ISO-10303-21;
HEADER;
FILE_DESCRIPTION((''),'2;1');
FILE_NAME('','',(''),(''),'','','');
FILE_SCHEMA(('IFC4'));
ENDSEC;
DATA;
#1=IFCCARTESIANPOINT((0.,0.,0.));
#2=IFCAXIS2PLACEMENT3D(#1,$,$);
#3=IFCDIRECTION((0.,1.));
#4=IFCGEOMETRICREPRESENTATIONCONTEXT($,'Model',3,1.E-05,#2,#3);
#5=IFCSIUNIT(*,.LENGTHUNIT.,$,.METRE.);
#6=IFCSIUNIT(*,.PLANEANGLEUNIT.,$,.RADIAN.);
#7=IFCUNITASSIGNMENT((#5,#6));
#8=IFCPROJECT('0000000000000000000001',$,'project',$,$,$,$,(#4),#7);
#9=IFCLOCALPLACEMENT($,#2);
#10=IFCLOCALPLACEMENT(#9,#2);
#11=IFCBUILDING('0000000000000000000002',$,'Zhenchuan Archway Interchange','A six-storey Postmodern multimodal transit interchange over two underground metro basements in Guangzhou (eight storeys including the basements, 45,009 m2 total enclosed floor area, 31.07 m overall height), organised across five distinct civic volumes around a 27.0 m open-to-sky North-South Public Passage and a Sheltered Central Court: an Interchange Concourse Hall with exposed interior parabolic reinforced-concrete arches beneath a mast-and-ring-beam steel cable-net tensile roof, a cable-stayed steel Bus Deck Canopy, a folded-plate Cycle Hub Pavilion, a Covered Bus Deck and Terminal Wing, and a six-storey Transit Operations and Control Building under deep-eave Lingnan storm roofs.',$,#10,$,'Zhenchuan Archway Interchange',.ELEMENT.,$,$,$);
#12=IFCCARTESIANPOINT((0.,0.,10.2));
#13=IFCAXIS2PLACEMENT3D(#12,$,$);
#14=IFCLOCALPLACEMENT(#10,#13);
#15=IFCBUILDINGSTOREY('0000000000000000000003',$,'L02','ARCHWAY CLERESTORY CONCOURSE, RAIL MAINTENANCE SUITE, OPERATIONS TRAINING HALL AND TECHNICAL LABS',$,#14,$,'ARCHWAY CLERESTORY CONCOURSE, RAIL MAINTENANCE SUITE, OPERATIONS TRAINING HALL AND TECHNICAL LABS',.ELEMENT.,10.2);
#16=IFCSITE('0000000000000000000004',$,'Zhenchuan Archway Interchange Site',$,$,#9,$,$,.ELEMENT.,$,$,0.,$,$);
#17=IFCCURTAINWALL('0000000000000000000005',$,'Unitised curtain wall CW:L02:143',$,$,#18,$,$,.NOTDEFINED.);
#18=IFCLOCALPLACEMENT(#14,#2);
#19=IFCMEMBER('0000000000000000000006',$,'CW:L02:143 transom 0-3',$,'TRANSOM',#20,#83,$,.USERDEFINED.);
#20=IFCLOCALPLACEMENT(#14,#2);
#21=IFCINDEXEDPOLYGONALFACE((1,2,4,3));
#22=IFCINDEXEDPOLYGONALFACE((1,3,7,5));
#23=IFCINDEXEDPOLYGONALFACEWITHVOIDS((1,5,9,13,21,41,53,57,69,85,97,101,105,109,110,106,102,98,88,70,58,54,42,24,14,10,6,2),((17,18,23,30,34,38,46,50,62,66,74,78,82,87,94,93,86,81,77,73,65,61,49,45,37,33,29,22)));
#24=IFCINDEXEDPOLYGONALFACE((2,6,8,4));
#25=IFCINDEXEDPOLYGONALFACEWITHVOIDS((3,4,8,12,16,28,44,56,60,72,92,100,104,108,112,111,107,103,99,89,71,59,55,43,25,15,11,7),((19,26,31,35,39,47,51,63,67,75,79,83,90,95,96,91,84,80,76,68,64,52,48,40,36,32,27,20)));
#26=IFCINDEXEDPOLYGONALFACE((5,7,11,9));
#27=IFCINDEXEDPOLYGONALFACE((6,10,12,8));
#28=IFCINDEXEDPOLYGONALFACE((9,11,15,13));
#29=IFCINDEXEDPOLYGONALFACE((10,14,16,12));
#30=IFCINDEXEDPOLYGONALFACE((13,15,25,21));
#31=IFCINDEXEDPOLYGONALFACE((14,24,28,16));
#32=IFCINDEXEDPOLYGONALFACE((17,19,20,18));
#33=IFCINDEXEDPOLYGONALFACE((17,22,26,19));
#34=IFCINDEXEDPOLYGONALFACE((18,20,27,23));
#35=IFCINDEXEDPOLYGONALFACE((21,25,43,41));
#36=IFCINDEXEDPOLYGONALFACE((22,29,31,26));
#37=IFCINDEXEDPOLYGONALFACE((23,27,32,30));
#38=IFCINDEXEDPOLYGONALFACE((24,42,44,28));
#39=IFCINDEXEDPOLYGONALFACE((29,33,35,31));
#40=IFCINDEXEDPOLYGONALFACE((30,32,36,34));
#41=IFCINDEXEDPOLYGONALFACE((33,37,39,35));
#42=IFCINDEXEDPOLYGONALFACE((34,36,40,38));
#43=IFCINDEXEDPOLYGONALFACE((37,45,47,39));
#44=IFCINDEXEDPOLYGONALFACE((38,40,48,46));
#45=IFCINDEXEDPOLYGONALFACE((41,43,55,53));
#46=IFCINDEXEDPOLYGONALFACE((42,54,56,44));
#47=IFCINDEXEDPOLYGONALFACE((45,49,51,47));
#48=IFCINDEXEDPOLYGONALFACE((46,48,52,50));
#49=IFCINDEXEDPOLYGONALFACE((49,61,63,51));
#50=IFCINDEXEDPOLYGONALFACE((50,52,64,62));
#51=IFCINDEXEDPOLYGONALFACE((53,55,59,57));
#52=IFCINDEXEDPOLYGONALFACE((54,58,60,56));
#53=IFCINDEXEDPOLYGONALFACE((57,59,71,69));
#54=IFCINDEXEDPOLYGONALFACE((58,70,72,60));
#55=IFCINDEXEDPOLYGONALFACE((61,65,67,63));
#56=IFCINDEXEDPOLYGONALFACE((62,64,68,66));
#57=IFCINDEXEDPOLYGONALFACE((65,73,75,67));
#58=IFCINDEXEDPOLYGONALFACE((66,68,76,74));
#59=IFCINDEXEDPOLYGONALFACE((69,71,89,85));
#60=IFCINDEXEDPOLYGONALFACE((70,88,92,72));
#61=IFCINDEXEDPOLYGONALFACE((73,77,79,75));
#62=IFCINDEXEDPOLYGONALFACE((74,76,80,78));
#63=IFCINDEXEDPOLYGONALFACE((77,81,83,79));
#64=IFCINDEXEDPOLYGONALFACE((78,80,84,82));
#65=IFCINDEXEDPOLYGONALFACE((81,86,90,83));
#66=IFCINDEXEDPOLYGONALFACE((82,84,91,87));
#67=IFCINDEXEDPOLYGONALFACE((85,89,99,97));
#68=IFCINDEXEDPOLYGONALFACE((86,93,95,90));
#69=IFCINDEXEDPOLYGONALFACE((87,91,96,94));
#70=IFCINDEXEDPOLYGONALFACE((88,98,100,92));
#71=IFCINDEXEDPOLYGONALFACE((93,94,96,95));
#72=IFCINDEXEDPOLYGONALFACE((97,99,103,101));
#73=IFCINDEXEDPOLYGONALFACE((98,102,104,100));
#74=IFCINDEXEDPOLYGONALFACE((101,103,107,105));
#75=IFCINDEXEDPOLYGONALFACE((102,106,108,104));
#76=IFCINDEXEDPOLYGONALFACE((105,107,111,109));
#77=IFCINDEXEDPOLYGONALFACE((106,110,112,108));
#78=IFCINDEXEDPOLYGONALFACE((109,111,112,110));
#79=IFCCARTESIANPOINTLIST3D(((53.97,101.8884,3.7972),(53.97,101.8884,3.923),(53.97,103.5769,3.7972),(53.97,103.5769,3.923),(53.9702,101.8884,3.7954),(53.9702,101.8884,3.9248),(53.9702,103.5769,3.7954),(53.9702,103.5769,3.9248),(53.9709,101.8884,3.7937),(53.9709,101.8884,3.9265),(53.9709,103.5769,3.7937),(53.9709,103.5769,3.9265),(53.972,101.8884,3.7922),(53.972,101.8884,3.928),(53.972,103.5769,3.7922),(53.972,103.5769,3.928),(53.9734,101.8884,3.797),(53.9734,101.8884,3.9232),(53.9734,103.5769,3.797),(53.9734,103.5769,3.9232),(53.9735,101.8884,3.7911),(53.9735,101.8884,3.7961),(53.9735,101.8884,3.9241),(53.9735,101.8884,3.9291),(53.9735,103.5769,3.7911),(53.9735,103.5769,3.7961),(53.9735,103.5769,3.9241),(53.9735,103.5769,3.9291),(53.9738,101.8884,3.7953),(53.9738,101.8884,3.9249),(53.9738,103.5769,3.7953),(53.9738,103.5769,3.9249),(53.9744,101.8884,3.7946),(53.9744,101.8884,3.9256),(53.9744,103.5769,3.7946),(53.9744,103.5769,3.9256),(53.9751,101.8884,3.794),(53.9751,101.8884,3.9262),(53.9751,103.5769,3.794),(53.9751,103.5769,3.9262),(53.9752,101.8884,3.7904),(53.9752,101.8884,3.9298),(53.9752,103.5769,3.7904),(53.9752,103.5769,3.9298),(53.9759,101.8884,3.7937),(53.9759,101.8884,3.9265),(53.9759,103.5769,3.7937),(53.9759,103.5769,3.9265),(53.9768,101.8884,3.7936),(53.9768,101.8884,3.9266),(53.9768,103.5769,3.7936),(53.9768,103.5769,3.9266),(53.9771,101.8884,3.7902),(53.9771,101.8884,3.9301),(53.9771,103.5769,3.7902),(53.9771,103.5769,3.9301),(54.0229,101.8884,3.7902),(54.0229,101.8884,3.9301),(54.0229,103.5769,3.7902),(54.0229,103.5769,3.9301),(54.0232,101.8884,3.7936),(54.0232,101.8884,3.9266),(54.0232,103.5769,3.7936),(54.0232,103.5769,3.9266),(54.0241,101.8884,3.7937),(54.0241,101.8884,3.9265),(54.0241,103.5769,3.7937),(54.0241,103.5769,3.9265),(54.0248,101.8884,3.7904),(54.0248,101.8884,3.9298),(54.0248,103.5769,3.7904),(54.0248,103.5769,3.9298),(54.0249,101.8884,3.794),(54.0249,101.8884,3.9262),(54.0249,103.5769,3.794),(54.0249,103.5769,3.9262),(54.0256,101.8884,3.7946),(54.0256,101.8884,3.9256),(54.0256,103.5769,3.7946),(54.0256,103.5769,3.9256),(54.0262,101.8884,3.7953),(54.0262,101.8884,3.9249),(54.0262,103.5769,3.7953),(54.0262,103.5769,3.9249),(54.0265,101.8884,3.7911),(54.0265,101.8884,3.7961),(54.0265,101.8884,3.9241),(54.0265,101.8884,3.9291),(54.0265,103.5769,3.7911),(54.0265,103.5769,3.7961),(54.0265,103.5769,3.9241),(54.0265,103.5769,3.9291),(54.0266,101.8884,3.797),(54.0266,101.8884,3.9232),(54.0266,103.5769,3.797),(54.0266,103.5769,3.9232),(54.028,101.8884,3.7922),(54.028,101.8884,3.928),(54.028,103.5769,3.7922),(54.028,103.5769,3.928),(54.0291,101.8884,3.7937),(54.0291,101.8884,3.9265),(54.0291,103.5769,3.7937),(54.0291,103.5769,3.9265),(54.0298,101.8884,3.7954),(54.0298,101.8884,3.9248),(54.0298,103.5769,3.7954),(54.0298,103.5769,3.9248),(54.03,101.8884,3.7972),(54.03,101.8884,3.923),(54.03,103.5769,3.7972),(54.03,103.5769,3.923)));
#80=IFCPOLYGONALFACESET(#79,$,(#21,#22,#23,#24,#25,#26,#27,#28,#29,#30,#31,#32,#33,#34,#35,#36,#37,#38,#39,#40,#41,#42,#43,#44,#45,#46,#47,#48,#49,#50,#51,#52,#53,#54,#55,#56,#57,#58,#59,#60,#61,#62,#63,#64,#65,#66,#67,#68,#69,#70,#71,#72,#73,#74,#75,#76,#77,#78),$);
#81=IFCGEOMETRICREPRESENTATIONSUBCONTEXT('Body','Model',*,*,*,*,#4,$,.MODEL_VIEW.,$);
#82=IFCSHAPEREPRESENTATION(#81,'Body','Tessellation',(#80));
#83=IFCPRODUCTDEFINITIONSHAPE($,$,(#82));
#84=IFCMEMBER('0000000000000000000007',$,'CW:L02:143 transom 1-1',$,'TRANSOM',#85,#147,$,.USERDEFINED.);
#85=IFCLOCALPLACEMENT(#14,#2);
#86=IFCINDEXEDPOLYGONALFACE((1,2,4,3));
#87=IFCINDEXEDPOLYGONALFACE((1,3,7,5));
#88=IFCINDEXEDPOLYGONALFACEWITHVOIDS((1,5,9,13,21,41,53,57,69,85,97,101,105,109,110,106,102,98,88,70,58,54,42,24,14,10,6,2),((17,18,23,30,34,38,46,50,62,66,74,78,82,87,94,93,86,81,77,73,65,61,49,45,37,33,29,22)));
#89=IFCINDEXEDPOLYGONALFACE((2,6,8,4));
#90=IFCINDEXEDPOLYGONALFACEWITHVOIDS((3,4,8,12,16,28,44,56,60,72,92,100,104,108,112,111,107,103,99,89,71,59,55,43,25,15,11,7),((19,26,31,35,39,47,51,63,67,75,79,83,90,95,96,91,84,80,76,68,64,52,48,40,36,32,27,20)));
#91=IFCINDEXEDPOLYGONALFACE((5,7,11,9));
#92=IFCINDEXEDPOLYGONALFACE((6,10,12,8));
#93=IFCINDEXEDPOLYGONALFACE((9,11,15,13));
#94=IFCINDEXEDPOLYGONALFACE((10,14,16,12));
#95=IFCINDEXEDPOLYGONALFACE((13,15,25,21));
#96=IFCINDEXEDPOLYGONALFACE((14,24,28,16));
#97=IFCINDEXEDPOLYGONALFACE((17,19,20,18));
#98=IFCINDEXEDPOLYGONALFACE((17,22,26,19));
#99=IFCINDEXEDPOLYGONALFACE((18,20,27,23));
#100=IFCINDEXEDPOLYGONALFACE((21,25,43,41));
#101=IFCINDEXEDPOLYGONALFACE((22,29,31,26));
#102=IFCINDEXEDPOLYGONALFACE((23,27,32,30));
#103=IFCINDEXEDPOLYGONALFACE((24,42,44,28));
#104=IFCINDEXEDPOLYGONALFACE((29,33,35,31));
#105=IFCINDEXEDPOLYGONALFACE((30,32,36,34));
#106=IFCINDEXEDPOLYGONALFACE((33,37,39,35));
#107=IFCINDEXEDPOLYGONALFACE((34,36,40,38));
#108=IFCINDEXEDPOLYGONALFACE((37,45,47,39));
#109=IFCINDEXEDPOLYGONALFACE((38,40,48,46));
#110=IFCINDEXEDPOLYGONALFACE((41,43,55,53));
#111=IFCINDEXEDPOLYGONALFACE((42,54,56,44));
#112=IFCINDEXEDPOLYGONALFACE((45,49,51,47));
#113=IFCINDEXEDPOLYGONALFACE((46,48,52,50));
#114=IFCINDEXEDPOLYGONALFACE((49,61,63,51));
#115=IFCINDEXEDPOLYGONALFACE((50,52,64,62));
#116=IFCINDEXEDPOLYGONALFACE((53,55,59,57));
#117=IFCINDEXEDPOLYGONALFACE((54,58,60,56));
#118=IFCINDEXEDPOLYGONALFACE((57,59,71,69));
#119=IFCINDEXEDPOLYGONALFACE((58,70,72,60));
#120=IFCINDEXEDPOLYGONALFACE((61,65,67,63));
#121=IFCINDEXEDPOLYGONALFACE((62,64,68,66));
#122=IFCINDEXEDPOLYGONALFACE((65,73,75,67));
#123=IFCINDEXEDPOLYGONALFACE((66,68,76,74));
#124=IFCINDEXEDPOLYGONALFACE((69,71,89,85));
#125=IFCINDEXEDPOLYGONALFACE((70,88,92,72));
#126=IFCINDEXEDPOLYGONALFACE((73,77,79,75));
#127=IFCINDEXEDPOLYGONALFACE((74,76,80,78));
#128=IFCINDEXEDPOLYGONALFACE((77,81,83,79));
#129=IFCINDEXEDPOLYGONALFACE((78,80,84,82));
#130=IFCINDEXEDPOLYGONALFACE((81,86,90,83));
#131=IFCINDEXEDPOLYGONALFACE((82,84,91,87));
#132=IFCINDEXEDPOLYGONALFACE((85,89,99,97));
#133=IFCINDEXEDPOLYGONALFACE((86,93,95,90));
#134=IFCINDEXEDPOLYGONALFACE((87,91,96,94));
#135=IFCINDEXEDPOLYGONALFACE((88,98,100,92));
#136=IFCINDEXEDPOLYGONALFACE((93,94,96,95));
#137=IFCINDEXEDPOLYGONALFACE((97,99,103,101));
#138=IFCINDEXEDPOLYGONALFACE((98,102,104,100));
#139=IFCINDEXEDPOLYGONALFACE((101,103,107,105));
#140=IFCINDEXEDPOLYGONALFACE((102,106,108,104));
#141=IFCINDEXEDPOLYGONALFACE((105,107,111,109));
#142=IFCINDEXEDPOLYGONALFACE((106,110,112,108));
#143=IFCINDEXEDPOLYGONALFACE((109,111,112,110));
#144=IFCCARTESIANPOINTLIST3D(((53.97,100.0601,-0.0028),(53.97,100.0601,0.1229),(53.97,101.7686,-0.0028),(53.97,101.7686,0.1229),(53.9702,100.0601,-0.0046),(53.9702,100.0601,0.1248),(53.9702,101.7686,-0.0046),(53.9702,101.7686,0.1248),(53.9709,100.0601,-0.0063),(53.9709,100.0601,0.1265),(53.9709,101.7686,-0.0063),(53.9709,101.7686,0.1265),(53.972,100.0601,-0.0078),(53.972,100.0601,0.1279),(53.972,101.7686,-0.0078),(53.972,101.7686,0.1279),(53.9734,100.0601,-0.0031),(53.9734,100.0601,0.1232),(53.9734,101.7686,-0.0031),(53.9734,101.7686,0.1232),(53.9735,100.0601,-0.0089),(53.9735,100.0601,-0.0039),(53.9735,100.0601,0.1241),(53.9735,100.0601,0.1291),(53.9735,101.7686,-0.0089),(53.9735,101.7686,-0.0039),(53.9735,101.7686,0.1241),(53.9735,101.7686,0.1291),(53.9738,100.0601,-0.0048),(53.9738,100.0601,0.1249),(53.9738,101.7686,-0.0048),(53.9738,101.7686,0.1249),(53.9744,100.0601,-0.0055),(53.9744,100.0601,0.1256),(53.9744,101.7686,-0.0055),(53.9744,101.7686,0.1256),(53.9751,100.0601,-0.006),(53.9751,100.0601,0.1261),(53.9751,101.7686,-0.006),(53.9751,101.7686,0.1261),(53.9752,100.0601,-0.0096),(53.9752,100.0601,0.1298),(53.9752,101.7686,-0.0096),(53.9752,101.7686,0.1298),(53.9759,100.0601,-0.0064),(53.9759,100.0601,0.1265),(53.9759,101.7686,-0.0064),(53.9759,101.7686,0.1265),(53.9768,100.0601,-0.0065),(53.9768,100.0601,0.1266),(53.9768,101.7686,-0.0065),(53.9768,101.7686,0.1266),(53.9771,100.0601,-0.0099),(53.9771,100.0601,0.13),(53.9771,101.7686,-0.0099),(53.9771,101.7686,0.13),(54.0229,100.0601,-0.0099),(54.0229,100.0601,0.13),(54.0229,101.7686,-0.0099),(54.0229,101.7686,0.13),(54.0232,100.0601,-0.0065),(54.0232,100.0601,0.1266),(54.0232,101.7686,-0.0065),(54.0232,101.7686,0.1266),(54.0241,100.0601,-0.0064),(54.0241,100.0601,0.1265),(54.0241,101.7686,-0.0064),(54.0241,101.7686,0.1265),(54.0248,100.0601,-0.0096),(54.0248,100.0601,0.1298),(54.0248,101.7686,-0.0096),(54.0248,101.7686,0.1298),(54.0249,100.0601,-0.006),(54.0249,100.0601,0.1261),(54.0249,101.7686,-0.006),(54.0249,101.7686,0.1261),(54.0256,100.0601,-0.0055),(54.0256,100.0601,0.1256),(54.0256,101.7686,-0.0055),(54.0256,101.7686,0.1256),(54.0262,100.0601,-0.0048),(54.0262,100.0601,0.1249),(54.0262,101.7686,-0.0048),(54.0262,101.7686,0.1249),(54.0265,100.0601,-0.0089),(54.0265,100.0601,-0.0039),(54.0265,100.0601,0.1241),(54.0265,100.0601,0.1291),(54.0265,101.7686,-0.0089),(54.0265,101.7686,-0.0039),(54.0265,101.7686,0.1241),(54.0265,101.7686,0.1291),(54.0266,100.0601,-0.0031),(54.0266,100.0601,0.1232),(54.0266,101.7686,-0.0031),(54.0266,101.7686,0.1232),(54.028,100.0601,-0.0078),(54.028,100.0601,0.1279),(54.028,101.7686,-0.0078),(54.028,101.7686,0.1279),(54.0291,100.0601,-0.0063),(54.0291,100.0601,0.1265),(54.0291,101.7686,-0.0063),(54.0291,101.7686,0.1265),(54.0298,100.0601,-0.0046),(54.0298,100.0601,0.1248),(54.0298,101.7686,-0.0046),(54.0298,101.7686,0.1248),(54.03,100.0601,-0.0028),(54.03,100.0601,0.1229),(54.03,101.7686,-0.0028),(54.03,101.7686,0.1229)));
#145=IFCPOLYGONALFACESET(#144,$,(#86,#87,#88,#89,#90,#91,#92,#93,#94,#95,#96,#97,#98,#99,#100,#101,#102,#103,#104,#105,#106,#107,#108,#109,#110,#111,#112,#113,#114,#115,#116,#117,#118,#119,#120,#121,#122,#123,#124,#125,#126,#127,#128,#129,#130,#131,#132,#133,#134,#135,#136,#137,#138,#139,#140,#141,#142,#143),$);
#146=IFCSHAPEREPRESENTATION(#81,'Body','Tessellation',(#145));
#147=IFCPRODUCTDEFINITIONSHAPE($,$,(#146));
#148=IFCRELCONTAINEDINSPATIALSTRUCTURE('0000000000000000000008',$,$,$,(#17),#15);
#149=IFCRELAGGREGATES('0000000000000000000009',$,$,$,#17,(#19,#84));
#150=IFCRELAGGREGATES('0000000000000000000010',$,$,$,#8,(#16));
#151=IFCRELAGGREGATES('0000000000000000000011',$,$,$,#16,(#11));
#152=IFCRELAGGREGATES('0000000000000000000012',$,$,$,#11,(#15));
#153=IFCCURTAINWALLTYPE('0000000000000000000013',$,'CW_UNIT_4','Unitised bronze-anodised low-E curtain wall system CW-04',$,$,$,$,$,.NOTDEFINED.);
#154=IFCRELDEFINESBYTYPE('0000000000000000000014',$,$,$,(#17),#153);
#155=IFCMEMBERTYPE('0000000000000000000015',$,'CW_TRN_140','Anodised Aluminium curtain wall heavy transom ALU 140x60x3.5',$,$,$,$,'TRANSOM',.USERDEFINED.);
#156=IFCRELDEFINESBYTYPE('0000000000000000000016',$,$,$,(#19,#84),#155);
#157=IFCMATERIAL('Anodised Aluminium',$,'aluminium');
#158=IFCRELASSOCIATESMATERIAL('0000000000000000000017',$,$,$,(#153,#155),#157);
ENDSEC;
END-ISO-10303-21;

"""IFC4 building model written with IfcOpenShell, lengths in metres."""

from ifc_helpers import new_model, si_unit, direction, frame, origin, origin_2d, place, context, subcontext, project, spatial, hollow_rectangle, extrude, material, material_profile, profile_set, type_object, element, aggregate, save


model = new_model("IFC4")

# Units and contexts
model_context = context("Model", 3, precision=1e-05, world=origin(), true_north=direction((0.0, 1.0)))
body_context = subcontext(model_context, "Body", "Model", "MODEL_VIEW")
ifc_project = project(units=[si_unit("LENGTHUNIT", "METRE"), si_unit("PLANEANGLEUNIT", "RADIAN")], contexts=[model_context])

# Site, building, storey
site_placement = place(None, origin())
site = spatial("IfcSite", under=ifc_project, at=site_placement, Name="Zhenchuan Archway Interchange Site", CompositionType="ELEMENT", RefElevation=0.0)
building_placement = place(site_placement, origin())
building = spatial("IfcBuilding", under=site, at=building_placement, Name="Zhenchuan Archway Interchange", Description="A six-storey Postmodern multimodal transit interchange over two underground metro basements in Guangzhou (eight storeys including the basements, 45,009 m2 total enclosed floor area, 31.07 m overall height), organised across five distinct civic volumes around a 27.0 m open-to-sky North-South Public Passage and a Sheltered Central Court: an Interchange Concourse Hall with exposed interior parabolic reinforced-concrete arches beneath a mast-and-ring-beam steel cable-net tensile roof, a cable-stayed steel Bus Deck Canopy, a folded-plate Cycle Hub Pavilion, a Covered Bus Deck and Terminal Wing, and a six-storey Transit Operations and Control Building under deep-eave Lingnan storm roofs.", LongName="Zhenchuan Archway Interchange", CompositionType="ELEMENT")
storey_placement = place(building_placement, frame((0.0, 0.0, 10.2)))
storey = spatial("IfcBuildingStorey", under=building, at=storey_placement, Name="L02", Description="ARCHWAY CLERESTORY CONCOURSE, RAIL MAINTENANCE SUITE, OPERATIONS TRAINING HALL AND TECHNICAL LABS", LongName="ARCHWAY CLERESTORY CONCOURSE, RAIL MAINTENANCE SUITE, OPERATIONS TRAINING HALL AND TECHNICAL LABS", CompositionType="ELEMENT", Elevation=10.2)

# Curtain wall, members
ifc_material_1 = material(Name="Anodised Aluminium", Category="aluminium")
curtain_wall_type = type_object("IfcCurtainWallType", Name="CW_UNIT_4", Description="Unitised bronze-anodised low-E curtain wall system CW-04", PredefinedType="NOTDEFINED", material=ifc_material_1)
curtain_wall_placement = place(storey_placement, origin())
curtain_wall = element("IfcCurtainWall", 1, at=curtain_wall_placement, inside=storey, type_object=curtain_wall_type, Name="Unitised curtain wall CW:L02:143", PredefinedType="NOTDEFINED")
ifc_material_profile_1 = material_profile(ifc_material_1, hollow_rectangle(XDim=0.0601, YDim=0.1399, WallThickness=0.0034, InnerFilletRadius=0.0034, OuterFilletRadius=0.0071, at=origin_2d()), Name="ALU 140x60x3.5")
ifc_profile_set_1 = profile_set([ifc_material_profile_1], Name="Anodised Aluminium")
member_type_1 = type_object("IfcMemberType", Name="CW_TRN_140", Description="Anodised Aluminium curtain wall heavy transom ALU 140x60x3.5", ElementType="TRANSOM", PredefinedType="USERDEFINED", material=ifc_profile_set_1)
member_1_placement = place(storey_placement, frame((54.0, 103.5769, 3.8601), z_axis=(0.0, -1.0, 0.0), x_axis=(1.0, 0.0, 0.0)))
member_1 = element("IfcMember", 2, at=member_1_placement, type_object=member_type_1, Name="CW:L02:143 transom 0-3", ObjectType="TRANSOM", PredefinedType="USERDEFINED", context=body_context, shape_type="SweptSolid", body=[
    extrude(hollow_rectangle(XDim=0.0601, YDim=0.1399, WallThickness=0.0034, InnerFilletRadius=0.0034, OuterFilletRadius=0.0071, at=origin_2d()), origin(), (0.0, 0.0, 1.0), 1.6885),
])
member_2_placement = place(storey_placement, frame((54.0, 101.7686, 0.0601), z_axis=(0.0, -1.0, 0.0), x_axis=(1.0, 0.0, 0.0)))
member_2 = element("IfcMember", 3, at=member_2_placement, type_object=member_type_1, Name="CW:L02:143 transom 1-1", ObjectType="TRANSOM", PredefinedType="USERDEFINED", context=body_context, shape_type="SweptSolid", body=[
    extrude(hollow_rectangle(XDim=0.0601, YDim=0.1399, WallThickness=0.0034, InnerFilletRadius=0.0034, OuterFilletRadius=0.0071, at=origin_2d()), origin(), (0.0, 0.0, 1.0), 1.7085),
])
aggregate(curtain_wall, [member_1, member_2])

save(model, "model.ifc")
